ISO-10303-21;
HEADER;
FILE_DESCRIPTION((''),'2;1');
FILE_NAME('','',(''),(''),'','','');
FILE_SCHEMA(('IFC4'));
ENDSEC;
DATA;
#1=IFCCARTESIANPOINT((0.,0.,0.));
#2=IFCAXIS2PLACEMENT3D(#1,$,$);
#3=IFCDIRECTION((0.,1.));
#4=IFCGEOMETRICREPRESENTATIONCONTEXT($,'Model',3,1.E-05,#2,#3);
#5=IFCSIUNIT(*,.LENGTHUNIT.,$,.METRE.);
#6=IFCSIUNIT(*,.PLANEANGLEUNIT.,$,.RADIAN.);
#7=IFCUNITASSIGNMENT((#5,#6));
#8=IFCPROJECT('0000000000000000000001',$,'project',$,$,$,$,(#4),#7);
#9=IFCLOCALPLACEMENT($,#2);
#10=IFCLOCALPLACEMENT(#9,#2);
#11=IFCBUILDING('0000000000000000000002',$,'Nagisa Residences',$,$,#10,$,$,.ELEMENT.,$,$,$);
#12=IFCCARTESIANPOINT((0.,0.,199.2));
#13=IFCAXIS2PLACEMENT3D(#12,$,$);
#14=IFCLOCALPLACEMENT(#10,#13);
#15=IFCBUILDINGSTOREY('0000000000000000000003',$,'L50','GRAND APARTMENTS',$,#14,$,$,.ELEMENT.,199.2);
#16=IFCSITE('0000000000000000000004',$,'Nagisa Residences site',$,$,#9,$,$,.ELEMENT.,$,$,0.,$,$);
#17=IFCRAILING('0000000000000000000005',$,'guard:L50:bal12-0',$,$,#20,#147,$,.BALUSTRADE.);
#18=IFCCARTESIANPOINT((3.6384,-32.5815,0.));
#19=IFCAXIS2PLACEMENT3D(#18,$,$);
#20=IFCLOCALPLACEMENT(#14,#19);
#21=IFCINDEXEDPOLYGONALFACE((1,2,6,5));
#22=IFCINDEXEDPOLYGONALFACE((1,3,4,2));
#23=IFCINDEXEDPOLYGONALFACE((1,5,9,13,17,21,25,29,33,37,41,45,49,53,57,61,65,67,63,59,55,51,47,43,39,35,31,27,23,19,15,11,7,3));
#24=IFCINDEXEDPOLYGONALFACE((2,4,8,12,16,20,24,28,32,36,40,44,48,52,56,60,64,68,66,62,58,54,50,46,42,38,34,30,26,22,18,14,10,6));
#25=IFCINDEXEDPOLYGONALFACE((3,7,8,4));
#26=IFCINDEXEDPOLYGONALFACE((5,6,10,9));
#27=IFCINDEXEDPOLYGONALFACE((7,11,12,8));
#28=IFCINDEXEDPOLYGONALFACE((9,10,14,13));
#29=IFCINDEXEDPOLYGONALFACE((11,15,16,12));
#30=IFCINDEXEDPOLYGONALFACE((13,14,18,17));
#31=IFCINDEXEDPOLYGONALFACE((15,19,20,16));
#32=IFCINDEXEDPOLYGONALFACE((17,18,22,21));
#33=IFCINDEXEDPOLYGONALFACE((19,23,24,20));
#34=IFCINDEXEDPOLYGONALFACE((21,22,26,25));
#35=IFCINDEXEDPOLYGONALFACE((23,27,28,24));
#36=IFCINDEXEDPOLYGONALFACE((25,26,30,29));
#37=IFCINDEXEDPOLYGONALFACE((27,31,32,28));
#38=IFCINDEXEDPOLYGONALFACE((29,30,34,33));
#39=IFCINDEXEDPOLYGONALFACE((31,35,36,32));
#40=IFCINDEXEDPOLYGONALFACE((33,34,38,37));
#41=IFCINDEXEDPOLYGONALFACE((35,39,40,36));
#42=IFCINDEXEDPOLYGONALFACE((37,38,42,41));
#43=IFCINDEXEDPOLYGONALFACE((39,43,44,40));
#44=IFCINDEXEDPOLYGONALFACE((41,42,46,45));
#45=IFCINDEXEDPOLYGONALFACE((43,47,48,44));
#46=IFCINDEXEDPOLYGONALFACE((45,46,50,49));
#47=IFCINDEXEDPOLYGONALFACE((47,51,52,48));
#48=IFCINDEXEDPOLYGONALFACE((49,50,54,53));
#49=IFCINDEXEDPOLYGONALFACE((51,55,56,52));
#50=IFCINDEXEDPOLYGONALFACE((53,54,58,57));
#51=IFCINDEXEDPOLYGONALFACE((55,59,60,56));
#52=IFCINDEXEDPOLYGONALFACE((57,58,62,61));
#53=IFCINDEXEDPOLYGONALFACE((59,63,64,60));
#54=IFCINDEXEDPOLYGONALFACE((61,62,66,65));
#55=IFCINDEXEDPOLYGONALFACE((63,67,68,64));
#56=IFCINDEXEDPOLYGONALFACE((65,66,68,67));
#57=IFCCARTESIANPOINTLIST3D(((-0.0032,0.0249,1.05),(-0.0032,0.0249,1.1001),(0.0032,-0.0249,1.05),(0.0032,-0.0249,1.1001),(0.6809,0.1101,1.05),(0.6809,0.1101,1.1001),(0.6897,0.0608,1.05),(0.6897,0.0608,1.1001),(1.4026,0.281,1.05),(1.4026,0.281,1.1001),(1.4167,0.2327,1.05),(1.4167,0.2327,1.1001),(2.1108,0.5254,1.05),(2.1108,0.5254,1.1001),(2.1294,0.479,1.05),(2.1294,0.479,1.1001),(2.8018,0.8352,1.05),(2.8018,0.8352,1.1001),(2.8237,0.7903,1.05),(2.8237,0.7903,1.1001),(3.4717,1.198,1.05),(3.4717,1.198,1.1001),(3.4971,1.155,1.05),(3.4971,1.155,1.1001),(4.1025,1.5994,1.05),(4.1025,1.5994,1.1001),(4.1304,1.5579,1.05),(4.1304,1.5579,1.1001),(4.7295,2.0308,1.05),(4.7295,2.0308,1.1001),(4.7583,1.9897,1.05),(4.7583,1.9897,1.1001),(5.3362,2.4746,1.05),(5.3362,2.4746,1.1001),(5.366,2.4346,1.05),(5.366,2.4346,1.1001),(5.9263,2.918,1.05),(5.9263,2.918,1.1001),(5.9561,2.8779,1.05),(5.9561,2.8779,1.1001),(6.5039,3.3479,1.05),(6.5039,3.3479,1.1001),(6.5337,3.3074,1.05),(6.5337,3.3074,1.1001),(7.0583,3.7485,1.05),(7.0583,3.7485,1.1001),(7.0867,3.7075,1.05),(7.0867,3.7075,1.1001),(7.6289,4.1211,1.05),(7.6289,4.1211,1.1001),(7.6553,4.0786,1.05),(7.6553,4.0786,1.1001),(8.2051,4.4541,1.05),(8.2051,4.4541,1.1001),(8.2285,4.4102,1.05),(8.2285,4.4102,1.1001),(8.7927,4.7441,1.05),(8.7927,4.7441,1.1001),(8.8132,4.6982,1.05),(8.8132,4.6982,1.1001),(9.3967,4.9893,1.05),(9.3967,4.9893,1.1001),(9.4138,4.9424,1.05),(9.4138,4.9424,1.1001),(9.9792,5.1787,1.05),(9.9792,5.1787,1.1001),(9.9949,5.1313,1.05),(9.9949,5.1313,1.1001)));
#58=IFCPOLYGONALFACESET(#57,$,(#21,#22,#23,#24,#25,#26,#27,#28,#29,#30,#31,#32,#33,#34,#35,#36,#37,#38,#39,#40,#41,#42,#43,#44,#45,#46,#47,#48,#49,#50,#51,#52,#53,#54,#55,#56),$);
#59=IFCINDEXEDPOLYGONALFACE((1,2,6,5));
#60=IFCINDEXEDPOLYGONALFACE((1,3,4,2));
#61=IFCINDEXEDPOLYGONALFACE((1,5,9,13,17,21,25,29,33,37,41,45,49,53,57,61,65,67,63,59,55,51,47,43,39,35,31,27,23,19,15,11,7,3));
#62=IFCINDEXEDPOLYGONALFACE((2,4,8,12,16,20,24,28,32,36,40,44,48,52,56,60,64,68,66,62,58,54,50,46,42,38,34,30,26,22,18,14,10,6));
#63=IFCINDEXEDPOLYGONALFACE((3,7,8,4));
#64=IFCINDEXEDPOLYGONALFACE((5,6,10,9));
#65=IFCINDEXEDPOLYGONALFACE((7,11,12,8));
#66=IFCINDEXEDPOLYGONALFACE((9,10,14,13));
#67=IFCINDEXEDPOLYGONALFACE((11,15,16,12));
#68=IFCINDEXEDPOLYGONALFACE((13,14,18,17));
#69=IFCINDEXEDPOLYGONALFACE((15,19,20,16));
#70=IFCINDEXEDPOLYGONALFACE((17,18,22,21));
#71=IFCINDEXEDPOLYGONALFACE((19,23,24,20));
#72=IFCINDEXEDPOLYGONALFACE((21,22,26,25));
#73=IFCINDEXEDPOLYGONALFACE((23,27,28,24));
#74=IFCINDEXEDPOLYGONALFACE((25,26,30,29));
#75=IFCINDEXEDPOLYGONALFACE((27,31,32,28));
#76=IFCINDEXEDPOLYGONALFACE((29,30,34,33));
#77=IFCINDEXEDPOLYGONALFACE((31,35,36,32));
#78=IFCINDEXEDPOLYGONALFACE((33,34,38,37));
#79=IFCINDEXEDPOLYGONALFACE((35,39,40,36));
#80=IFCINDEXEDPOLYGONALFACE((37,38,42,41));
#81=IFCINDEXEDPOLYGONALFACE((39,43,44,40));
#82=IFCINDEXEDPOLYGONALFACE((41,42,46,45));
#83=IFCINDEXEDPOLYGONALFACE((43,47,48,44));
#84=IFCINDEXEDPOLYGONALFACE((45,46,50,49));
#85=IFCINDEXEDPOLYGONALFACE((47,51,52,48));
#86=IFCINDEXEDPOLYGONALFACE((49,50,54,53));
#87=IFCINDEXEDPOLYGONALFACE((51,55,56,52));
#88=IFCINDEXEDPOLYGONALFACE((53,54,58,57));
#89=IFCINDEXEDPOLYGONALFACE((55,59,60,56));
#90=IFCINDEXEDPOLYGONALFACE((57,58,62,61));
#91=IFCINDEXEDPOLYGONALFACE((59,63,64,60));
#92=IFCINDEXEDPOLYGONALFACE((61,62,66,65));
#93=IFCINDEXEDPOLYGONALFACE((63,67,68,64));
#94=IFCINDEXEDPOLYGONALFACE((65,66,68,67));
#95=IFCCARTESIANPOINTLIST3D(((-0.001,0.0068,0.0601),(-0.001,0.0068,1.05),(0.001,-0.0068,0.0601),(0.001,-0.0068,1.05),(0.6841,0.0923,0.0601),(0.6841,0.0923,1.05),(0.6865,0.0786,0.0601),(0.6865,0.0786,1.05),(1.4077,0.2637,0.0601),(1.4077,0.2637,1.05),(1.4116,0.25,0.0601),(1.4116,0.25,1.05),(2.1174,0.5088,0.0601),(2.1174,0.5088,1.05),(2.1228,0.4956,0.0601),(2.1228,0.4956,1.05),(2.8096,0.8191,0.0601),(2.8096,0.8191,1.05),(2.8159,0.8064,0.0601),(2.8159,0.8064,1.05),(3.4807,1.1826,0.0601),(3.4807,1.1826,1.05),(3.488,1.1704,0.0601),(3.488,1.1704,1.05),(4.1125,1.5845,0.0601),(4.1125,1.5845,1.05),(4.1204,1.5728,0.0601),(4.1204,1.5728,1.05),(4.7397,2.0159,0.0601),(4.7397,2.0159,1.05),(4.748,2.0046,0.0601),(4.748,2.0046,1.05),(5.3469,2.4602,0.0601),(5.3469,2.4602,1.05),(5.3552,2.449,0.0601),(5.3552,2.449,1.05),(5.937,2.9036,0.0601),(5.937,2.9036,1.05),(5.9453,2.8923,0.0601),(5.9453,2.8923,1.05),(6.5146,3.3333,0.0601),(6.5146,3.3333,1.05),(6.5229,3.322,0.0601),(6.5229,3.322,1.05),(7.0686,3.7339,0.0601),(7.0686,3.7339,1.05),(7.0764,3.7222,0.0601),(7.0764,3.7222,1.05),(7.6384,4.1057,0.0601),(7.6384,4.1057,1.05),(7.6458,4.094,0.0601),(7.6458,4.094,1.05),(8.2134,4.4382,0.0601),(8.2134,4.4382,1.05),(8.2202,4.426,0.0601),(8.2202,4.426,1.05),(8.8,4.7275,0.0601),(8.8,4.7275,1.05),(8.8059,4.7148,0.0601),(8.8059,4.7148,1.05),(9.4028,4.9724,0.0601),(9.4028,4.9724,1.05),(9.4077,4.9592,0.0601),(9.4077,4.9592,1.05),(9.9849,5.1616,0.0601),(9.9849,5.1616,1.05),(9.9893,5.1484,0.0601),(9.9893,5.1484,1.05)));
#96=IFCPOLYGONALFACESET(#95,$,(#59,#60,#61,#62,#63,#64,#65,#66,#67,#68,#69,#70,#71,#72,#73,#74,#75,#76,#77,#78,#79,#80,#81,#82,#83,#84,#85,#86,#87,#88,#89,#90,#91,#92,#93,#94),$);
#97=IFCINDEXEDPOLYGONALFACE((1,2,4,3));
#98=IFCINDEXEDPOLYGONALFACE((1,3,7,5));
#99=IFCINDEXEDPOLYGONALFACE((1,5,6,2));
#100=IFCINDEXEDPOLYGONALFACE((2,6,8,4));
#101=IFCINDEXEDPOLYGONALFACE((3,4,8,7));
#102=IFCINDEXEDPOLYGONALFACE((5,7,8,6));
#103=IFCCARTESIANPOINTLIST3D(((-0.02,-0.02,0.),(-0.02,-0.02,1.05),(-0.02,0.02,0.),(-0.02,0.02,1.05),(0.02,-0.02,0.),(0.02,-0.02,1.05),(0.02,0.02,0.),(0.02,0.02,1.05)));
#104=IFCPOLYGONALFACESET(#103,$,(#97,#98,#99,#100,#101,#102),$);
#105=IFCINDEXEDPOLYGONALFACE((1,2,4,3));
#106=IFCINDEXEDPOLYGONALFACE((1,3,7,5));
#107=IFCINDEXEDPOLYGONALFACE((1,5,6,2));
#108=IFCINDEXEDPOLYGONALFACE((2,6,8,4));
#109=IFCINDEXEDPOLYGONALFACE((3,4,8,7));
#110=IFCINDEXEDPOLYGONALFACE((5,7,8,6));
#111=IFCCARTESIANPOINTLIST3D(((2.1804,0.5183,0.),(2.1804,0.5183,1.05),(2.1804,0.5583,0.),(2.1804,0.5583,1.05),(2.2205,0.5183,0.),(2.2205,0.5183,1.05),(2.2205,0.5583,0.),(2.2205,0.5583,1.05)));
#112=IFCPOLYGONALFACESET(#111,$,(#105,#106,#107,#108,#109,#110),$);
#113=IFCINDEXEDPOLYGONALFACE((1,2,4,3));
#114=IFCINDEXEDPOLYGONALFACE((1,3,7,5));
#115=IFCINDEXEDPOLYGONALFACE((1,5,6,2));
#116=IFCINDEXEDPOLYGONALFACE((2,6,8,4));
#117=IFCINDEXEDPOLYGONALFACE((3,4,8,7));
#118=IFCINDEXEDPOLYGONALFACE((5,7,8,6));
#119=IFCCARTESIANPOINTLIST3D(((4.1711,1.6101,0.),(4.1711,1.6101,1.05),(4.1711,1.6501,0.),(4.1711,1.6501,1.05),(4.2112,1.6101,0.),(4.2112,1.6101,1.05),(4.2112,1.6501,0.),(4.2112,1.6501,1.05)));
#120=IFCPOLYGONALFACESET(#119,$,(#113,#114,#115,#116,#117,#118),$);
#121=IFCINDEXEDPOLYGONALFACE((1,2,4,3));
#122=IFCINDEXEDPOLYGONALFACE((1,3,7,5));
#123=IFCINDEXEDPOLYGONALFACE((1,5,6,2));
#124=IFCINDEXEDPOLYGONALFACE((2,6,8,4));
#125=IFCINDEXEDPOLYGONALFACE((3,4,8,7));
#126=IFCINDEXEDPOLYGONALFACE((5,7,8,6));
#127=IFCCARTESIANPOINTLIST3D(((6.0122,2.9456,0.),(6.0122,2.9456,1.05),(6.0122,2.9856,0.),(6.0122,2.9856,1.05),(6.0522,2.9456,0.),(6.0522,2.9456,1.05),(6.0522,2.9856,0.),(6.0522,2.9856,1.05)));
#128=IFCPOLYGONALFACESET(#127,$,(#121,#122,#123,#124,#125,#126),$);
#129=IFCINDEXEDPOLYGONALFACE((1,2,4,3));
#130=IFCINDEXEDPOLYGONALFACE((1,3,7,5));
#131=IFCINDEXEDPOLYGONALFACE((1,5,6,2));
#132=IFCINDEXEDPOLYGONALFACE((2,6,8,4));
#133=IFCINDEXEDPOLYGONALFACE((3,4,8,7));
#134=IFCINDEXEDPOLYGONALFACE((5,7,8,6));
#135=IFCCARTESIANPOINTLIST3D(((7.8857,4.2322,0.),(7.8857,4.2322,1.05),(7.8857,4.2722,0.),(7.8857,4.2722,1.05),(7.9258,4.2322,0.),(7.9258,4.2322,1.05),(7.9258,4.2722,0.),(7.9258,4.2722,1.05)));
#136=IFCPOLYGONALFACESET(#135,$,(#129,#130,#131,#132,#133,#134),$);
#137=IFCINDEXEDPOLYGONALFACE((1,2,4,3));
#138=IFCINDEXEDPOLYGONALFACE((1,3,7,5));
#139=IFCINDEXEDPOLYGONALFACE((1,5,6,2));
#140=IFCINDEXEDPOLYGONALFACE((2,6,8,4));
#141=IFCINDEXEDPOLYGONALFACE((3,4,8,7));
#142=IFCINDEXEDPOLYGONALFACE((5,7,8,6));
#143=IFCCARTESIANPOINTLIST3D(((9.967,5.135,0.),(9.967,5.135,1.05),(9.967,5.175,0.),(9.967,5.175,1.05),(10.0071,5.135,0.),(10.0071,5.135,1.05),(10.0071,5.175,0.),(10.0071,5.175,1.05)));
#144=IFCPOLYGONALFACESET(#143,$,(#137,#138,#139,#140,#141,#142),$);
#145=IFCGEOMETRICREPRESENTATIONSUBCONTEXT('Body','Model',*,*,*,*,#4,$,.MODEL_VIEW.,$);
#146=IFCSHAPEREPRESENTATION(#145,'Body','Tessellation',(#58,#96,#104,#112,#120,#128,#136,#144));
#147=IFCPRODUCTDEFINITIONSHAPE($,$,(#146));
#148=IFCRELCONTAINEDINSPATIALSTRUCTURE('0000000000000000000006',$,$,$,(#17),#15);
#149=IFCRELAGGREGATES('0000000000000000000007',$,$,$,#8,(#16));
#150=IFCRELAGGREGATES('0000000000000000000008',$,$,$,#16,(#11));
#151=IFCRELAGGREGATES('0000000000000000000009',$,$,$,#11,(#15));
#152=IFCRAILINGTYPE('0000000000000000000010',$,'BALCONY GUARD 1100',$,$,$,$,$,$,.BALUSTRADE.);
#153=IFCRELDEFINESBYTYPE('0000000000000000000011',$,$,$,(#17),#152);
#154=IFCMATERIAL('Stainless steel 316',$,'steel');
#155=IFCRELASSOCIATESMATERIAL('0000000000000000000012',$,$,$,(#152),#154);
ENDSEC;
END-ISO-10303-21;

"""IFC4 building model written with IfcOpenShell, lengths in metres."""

from ifc_helpers import new_model, si_unit, direction, frame, origin, origin_2d, place, context, subcontext, project, spatial, polyline, rectangle, outline, extrude, material, type_object, element, save


model = new_model("IFC4")

# Units and contexts
model_context = context("Model", 3, precision=1e-05, world=origin(), true_north=direction((0.0, 1.0)))
body_context = subcontext(model_context, "Body", "Model", "MODEL_VIEW")
ifc_project = project(units=[si_unit("LENGTHUNIT", "METRE"), si_unit("PLANEANGLEUNIT", "RADIAN")], contexts=[model_context])

# Site, building, storey
site_placement = place(None, origin())
site = spatial("IfcSite", under=ifc_project, at=site_placement, Name="Nagisa Residences site", CompositionType="ELEMENT", RefElevation=0.0)
building_placement = place(site_placement, origin())
building = spatial("IfcBuilding", under=site, at=building_placement, Name="Nagisa Residences", CompositionType="ELEMENT")
storey_placement = place(building_placement, frame((0.0, 0.0, 199.2)))
storey = spatial("IfcBuildingStorey", under=building, at=storey_placement, Name="L50", Description="GRAND APARTMENTS", CompositionType="ELEMENT", Elevation=199.2)

# Railing
ifc_material_1 = material(Name="Stainless steel 316", Category="steel")
railing_type = type_object("IfcRailingType", Name="BALCONY GUARD 1100", PredefinedType="BALUSTRADE", material=ifc_material_1)
railing_placement = place(storey_placement, frame((3.6384, -32.5815, 0.0)))
element("IfcRailing", 1, at=railing_placement, inside=storey, type_object=railing_type, Name="guard:L50:bal12-0", PredefinedType="BALUSTRADE", context=body_context, shape_type="SweptSolid", body=[
    extrude(outline(polyline([(0.6809, 0.1101), (-0.0032, 0.0249), (0.0032, -0.0249), (0.6897, 0.0608), (1.4167, 0.2327), (2.1294, 0.479), (2.8237, 0.7903), (3.4971, 1.155), (4.1304, 1.5579), (4.7583, 1.9897), (5.366, 2.4346), (5.9561, 2.8779), (6.5337, 3.3074), (7.0867, 3.7075), (7.6553, 4.0786), (8.2285, 4.4102), (8.8132, 4.6982), (9.4138, 4.9424), (9.9949, 5.1313), (9.9792, 5.1787), (9.3967, 4.9893), (8.7927, 4.7441), (8.2051, 4.4541), (7.6289, 4.1211), (7.0583, 3.7485), (6.5039, 3.3479), (5.9263, 2.918), (5.3362, 2.4746), (4.7295, 2.0308), (4.1025, 1.5994), (3.4717, 1.198), (2.8018, 0.8352), (2.1108, 0.5254), (1.4026, 0.281), (0.6809, 0.1101)])), frame((0.0, 0.0, 1.05)), (0.0, 0.0, 1.0), 0.05),
    extrude(outline(polyline([(0.6841, 0.0923), (-0.001, 0.0068), (0.001, -0.0068), (0.6865, 0.0786), (1.4116, 0.25), (2.1228, 0.4956), (2.8159, 0.8064), (3.488, 1.1704), (4.1204, 1.5728), (4.748, 2.0046), (5.3552, 2.449), (5.9453, 2.8923), (6.5229, 3.322), (7.0764, 3.7222), (7.6458, 4.094), (8.2202, 4.426), (8.8059, 4.7148), (9.4077, 4.9592), (9.9893, 5.1484), (9.9849, 5.1616), (9.4028, 4.9724), (8.8, 4.7275), (8.2134, 4.4382), (7.6384, 4.1057), (7.0686, 3.7339), (6.5146, 3.3333), (5.937, 2.9036), (5.3469, 2.4602), (4.7397, 2.0159), (4.1125, 1.5845), (3.4807, 1.1826), (2.8096, 0.8191), (2.1174, 0.5088), (1.4077, 0.2637), (0.6841, 0.0923)])), frame((0.0, 0.0, 0.0601)), (0.0, 0.0, 1.0), 0.99),
    extrude(rectangle(XDim=0.04, YDim=0.04, at=origin_2d()), origin(), (0.0, 0.0, 1.0), 1.05),
    extrude(rectangle(XDim=0.04, YDim=0.04, at=origin_2d()), frame((2.2004, 0.5383, 0.0)), (0.0, 0.0, 1.0), 1.05),
    extrude(rectangle(XDim=0.04, YDim=0.04, at=origin_2d()), frame((4.1912, 1.6301, 0.0)), (0.0, 0.0, 1.0), 1.05),
    extrude(rectangle(XDim=0.04, YDim=0.04, at=origin_2d()), frame((6.0322, 2.9656, 0.0)), (0.0, 0.0, 1.0), 1.05),
    extrude(rectangle(XDim=0.04, YDim=0.04, at=origin_2d()), frame((7.9058, 4.2522, 0.0)), (0.0, 0.0, 1.0), 1.05),
    extrude(rectangle(XDim=0.04, YDim=0.04, at=origin_2d()), frame((9.9871, 5.155, 0.0)), (0.0, 0.0, 1.0), 1.05),
])

save(model, "model.ifc")
